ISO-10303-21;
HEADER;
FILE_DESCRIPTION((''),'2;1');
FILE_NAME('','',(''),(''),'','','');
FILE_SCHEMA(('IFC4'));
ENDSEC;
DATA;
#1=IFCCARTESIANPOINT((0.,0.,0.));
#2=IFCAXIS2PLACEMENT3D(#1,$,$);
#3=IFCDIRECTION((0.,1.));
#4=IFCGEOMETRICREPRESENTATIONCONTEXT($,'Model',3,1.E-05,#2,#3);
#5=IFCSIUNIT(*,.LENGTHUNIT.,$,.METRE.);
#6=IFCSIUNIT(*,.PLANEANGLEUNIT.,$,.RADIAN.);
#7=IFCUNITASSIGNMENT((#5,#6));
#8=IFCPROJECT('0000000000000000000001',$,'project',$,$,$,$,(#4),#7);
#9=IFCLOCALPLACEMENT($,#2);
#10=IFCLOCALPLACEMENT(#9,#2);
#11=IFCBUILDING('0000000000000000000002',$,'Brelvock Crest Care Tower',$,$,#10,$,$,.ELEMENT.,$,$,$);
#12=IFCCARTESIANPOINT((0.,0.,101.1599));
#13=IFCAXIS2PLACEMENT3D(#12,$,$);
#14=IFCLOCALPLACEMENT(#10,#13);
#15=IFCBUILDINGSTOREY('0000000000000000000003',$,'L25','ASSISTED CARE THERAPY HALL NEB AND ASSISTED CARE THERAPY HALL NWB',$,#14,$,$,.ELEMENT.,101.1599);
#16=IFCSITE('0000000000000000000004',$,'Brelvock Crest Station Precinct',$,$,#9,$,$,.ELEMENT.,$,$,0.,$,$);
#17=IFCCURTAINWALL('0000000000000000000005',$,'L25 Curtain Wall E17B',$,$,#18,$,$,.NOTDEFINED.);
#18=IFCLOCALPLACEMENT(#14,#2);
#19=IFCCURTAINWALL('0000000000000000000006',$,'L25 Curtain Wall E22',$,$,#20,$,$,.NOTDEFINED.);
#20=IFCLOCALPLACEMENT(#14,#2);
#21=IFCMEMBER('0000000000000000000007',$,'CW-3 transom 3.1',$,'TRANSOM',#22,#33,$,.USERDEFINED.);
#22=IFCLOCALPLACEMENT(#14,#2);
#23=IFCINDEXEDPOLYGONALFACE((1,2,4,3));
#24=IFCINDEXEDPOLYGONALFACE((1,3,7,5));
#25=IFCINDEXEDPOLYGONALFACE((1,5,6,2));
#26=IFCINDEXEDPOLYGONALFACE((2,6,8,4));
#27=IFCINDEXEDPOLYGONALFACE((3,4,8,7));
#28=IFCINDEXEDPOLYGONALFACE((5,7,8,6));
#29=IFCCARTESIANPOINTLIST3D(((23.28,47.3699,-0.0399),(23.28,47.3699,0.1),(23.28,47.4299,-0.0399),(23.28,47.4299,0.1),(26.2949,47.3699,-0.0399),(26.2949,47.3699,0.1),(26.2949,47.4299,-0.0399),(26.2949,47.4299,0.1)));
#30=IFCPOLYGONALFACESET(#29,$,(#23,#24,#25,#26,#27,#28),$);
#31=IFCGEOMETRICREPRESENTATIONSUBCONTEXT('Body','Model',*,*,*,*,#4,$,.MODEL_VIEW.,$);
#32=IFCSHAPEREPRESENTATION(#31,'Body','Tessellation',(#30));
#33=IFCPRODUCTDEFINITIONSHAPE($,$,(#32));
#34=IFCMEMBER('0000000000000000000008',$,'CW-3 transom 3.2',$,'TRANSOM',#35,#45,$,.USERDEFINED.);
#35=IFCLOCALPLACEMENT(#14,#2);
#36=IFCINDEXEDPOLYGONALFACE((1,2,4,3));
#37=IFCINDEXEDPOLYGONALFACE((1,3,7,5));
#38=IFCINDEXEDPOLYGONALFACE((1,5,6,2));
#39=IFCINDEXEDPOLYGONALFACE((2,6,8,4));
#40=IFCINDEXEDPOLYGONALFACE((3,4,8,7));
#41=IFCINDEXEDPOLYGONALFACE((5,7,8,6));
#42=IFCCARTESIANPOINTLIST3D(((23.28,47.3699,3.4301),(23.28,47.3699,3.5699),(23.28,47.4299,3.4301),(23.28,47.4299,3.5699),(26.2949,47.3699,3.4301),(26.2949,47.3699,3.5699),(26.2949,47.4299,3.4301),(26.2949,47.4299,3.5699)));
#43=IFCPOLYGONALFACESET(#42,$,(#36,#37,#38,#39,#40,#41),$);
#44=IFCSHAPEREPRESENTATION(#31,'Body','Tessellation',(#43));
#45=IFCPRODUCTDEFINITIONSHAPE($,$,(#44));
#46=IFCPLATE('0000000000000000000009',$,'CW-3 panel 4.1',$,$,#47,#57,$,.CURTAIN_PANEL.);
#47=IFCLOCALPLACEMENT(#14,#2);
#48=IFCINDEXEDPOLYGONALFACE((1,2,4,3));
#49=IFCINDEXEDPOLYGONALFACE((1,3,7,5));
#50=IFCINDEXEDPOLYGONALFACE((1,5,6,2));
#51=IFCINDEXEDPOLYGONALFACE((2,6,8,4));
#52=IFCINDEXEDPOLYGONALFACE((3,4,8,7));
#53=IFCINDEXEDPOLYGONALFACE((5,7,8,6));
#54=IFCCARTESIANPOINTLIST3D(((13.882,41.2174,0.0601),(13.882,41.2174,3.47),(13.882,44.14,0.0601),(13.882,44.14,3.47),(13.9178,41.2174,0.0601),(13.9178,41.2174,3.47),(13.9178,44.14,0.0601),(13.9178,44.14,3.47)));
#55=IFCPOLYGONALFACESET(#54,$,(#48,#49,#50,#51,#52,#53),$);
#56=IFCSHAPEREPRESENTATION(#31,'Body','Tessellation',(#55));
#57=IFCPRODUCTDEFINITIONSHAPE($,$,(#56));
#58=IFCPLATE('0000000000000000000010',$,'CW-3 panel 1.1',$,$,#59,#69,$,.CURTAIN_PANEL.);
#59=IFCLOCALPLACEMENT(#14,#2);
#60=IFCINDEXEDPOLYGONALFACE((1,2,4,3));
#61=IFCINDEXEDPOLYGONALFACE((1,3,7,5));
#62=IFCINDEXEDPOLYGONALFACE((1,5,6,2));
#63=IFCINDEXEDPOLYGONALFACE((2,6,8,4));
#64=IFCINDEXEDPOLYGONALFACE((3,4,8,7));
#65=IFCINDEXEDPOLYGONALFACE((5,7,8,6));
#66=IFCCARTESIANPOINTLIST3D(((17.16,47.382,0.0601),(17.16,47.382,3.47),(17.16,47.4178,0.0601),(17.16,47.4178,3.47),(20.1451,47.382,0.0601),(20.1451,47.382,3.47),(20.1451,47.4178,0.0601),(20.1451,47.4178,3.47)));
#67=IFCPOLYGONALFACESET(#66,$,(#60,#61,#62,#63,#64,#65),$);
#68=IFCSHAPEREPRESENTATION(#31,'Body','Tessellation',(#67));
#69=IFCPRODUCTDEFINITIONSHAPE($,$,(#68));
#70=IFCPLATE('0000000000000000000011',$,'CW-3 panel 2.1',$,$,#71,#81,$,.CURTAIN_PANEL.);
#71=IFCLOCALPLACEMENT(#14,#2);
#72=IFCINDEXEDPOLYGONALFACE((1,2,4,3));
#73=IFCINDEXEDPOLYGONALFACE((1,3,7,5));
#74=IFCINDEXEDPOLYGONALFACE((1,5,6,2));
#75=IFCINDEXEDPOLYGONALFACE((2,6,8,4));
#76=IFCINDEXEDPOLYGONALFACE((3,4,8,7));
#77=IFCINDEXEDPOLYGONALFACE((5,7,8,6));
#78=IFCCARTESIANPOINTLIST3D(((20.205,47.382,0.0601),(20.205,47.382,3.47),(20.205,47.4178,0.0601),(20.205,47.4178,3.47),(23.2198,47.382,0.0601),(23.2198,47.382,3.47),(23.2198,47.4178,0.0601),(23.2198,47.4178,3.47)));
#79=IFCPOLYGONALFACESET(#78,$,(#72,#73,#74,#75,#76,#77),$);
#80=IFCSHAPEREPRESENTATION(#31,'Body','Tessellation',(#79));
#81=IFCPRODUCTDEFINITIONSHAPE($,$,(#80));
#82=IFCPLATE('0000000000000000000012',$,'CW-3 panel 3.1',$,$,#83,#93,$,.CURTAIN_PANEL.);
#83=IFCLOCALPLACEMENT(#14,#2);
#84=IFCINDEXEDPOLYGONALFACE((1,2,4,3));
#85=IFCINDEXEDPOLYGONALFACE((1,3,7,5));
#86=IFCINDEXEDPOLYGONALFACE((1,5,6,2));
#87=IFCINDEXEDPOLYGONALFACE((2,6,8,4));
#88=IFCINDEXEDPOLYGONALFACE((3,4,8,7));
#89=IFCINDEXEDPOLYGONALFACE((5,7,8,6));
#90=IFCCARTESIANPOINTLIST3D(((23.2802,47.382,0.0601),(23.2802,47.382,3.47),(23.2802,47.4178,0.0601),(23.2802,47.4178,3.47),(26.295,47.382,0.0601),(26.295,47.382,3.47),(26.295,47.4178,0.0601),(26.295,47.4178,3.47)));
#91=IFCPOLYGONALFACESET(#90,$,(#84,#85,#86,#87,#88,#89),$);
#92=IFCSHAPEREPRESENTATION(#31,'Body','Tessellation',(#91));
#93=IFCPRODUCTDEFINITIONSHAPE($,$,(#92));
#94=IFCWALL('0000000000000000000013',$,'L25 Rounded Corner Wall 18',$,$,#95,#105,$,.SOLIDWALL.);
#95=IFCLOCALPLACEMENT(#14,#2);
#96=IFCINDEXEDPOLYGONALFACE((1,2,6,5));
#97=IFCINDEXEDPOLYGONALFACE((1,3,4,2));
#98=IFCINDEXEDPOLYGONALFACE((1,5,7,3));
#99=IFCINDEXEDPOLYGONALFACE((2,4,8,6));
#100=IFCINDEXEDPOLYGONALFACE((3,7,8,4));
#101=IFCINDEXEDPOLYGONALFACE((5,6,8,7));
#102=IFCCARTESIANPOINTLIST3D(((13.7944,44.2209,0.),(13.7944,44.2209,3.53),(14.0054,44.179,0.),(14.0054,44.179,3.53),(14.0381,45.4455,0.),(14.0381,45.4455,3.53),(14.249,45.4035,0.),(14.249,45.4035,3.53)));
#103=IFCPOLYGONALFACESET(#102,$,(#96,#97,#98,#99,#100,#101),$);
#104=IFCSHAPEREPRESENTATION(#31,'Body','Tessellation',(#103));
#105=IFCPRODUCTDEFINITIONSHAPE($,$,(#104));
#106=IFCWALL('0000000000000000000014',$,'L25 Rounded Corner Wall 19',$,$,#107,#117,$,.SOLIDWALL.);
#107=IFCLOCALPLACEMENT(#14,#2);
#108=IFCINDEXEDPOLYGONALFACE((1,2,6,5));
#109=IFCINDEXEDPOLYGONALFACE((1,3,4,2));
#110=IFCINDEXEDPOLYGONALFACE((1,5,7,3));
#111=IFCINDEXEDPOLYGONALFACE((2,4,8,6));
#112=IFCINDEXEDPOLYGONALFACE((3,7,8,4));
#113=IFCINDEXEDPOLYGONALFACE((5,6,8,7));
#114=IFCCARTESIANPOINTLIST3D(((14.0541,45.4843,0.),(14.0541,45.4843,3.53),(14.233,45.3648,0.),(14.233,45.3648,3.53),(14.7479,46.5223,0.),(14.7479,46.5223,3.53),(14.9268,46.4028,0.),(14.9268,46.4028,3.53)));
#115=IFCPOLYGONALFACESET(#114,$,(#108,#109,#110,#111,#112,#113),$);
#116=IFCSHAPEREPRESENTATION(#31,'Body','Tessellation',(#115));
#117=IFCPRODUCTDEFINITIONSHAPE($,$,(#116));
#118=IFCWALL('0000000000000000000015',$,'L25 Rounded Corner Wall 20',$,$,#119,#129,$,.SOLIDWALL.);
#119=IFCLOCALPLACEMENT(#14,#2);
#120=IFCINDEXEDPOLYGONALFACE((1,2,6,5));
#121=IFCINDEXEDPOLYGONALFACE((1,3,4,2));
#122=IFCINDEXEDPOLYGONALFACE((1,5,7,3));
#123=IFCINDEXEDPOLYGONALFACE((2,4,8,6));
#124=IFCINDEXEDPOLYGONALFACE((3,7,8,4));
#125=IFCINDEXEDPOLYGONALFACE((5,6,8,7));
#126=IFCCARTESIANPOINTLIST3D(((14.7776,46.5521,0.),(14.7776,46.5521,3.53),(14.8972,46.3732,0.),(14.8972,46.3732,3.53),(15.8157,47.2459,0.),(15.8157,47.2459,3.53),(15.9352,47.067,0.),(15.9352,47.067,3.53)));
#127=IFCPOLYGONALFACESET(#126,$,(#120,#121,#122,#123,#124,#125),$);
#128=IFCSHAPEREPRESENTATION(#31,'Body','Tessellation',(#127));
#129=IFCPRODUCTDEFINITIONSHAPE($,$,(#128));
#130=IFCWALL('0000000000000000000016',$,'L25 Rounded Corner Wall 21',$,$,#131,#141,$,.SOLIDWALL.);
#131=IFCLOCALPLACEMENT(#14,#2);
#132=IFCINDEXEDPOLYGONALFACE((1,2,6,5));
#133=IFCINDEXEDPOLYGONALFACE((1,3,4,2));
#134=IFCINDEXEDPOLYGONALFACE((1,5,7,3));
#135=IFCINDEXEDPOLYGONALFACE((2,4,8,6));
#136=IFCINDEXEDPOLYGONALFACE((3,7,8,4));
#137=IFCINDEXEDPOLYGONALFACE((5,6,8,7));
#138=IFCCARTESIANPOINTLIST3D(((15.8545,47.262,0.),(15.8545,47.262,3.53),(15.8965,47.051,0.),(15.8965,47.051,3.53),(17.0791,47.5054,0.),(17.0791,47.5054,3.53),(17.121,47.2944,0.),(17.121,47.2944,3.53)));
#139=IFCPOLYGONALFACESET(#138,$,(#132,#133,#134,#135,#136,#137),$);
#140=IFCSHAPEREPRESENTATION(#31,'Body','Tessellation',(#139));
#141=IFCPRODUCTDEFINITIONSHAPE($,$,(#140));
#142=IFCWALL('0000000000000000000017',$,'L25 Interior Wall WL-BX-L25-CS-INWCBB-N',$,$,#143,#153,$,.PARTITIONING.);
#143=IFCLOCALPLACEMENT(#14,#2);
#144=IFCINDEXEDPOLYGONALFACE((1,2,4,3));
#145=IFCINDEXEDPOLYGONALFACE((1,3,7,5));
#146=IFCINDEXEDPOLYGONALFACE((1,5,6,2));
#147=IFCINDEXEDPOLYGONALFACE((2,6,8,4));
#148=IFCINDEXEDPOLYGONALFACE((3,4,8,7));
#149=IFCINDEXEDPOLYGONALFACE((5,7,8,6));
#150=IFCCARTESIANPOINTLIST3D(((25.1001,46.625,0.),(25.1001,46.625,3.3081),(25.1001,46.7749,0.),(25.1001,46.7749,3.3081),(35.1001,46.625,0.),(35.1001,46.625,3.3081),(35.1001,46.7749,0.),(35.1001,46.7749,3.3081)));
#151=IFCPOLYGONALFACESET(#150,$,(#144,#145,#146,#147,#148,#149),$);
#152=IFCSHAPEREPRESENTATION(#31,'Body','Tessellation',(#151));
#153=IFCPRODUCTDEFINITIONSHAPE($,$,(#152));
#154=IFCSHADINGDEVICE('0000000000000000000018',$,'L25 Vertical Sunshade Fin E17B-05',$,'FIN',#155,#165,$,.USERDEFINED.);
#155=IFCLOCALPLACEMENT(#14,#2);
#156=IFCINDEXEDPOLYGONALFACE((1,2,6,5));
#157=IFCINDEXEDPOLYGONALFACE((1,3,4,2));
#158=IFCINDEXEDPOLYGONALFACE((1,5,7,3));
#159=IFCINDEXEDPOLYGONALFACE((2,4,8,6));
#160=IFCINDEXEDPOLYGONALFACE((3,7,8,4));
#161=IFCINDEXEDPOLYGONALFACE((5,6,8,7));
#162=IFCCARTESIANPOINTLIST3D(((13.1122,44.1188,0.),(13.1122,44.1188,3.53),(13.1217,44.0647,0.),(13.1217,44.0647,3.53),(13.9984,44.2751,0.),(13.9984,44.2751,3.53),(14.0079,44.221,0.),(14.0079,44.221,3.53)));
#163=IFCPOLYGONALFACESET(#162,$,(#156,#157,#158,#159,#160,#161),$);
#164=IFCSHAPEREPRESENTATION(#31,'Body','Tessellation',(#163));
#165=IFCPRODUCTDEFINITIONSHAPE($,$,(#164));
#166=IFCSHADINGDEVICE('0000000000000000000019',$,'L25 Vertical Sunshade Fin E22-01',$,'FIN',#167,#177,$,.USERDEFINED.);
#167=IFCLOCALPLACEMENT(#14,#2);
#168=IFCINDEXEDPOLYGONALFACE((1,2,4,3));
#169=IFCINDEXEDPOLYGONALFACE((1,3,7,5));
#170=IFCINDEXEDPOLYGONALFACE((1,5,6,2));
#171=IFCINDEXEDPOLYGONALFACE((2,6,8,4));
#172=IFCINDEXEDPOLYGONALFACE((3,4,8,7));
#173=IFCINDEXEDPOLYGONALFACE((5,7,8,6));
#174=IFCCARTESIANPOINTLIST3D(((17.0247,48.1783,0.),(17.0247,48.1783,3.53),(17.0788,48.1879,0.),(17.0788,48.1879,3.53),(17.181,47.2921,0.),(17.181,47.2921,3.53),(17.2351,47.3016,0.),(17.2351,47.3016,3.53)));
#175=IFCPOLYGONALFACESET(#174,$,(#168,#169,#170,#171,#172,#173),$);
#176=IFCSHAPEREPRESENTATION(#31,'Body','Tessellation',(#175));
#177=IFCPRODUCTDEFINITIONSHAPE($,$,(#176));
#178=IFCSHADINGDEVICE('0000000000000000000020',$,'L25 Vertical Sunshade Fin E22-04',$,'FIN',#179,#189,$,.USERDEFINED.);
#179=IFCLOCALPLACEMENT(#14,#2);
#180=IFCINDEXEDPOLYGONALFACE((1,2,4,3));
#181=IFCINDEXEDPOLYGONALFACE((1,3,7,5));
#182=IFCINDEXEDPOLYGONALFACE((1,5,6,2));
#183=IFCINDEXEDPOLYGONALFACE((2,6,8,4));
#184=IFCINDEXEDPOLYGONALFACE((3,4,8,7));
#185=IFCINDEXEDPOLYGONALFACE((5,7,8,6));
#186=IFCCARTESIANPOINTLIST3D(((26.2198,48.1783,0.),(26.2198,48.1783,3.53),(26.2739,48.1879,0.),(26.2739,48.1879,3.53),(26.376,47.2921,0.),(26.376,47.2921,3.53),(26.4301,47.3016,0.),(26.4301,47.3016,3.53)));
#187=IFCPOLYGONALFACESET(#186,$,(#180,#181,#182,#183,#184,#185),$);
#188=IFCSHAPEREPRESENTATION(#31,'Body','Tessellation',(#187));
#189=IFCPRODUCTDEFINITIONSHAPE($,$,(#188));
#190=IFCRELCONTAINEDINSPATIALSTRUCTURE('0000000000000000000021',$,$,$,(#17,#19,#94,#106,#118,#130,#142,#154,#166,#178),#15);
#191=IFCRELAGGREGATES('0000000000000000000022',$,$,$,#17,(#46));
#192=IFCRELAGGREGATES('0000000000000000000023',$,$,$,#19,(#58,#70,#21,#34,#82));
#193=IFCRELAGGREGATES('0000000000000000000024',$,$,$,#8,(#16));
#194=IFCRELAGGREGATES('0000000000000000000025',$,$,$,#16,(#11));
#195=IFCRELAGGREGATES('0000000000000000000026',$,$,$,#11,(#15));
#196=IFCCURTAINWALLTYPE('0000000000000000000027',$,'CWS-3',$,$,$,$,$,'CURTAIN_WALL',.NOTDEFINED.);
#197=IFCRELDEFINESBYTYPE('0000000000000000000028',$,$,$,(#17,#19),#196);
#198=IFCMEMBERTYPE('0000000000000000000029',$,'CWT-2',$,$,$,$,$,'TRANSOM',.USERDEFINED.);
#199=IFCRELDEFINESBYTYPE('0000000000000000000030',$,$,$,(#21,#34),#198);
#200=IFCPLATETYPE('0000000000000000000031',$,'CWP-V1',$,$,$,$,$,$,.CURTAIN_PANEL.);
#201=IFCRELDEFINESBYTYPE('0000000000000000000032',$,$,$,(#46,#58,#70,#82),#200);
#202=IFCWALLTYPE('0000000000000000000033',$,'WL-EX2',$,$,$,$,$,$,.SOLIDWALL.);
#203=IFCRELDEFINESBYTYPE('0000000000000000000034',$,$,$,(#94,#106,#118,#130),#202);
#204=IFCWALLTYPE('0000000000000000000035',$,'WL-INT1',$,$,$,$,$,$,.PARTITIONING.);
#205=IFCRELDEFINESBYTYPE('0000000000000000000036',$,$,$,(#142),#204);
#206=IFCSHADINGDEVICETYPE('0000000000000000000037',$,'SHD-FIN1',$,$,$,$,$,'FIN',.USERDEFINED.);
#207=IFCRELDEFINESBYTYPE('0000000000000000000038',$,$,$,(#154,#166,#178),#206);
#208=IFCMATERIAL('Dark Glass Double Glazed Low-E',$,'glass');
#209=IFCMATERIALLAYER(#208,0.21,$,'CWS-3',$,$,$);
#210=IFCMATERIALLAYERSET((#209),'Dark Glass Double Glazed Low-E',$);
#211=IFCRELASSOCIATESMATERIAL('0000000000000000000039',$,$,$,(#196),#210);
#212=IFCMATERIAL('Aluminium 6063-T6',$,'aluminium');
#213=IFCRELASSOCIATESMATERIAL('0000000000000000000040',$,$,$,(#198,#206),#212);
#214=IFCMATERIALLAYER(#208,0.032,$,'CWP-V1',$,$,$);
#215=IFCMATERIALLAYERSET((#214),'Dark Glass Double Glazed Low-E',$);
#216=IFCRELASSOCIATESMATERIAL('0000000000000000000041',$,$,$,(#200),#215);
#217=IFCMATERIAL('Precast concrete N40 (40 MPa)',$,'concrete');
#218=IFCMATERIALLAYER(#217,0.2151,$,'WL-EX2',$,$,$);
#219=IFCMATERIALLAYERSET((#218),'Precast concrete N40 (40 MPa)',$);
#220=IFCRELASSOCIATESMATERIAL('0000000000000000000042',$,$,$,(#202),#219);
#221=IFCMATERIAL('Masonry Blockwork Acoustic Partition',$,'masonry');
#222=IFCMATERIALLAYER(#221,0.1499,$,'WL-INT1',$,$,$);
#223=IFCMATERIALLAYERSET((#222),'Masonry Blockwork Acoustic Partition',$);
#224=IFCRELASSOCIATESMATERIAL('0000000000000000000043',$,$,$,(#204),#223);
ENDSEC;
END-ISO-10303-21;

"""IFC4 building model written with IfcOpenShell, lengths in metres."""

from ifc_helpers import new_model, si_unit, direction, frame, frame_2d, origin, origin_2d, place, context, subcontext, project, spatial, rectangle, extrude, source, transform, mapped, material, layer, layer_set, material_profile, profile_set, type_object, element, aggregate, save


model = new_model("IFC4")

# Units and contexts
model_context = context("Model", 3, precision=1e-05, world=origin(), true_north=direction((0.0, 1.0)))
body_context = subcontext(model_context, "Body", "Model", "MODEL_VIEW")
ifc_project = project(units=[si_unit("LENGTHUNIT", "METRE"), si_unit("PLANEANGLEUNIT", "RADIAN")], contexts=[model_context])

# Site, building, storey
site_placement = place(None, origin())
site = spatial("IfcSite", under=ifc_project, at=site_placement, Name="Brelvock Crest Station Precinct", CompositionType="ELEMENT", RefElevation=0.0)
building_placement = place(site_placement, origin())
building = spatial("IfcBuilding", under=site, at=building_placement, Name="Brelvock Crest Care Tower", CompositionType="ELEMENT")
storey_placement = place(building_placement, frame((0.0, 0.0, 101.1599)))
storey = spatial("IfcBuildingStorey", under=building, at=storey_placement, Name="L25", Description="ASSISTED CARE THERAPY HALL NEB AND ASSISTED CARE THERAPY HALL NWB", CompositionType="ELEMENT", Elevation=101.1599)

# Curtain walls
ifc_material_1 = material(Name="Dark Glass Double Glazed Low-E", Category="glass")
ifc_layer_1 = layer(ifc_material_1, 0.21, Name="CWS-3")
ifc_layer_set_1 = layer_set([ifc_layer_1], Name="Dark Glass Double Glazed Low-E")
curtain_wall_type = type_object("IfcCurtainWallType", Name="CWS-3", ElementType="CURTAIN_WALL", PredefinedType="NOTDEFINED", material=ifc_layer_set_1)
curtain_wall_1_placement = place(storey_placement, origin())
curtain_wall_1 = element("IfcCurtainWall", 1, at=curtain_wall_1_placement, inside=storey, type_object=curtain_wall_type, Name="L25 Curtain Wall E17B", PredefinedType="NOTDEFINED")
ifc_material_2 = material(Name="Aluminium 6063-T6", Category="aluminium")
curtain_wall_2_placement = place(storey_placement, origin())
curtain_wall_2 = element("IfcCurtainWall", 2, at=curtain_wall_2_placement, inside=storey, type_object=curtain_wall_type, Name="L25 Curtain Wall E22", PredefinedType="NOTDEFINED")

# Members
ifc_material_profile_1 = material_profile(ifc_material_2, rectangle(XDim=0.0601, YDim=0.1399, at=origin_2d()), Name="ALU60x140")
ifc_profile_set_1 = profile_set([ifc_material_profile_1], Name="Aluminium 6063-T6")
member_type_1 = type_object("IfcMemberType", Name="CWT-2", ElementType="TRANSOM", PredefinedType="USERDEFINED", material=ifc_profile_set_1)
shared_shape_1 = source(origin(), body_context, "Body", "SweptSolid", [
    extrude(rectangle(XDim=0.0601, YDim=0.1399, at=origin_2d()), origin(), (0.0, 0.0, 1.0), 3.0149),
])
member_1_placement = place(storey_placement, frame((23.28, 47.3999, 0.03), z_axis=(1.0, 0.0, 0.0), x_axis=(0.0, 1.0, 0.0)))
member_1 = element("IfcMember", 3, at=member_1_placement, type_object=member_type_1, Name="CW-3 transom 3.1", ObjectType="TRANSOM", PredefinedType="USERDEFINED", context=body_context, shape_type="MappedRepresentation", body=[
    mapped(shared_shape_1, transform((0.0, 0.0, 0.0), x_axis=(1.0, 0.0, 0.0), y_axis=(0.0, 1.0, 0.0), z_axis=(0.0, 0.0, 1.0), scale=1.0)),
])
member_2_placement = place(storey_placement, frame((23.28, 47.3999, 3.5), z_axis=(1.0, 0.0, 0.0), x_axis=(0.0, 1.0, 0.0)))
member_2 = element("IfcMember", 4, at=member_2_placement, type_object=member_type_1, Name="CW-3 transom 3.2", ObjectType="TRANSOM", PredefinedType="USERDEFINED", context=body_context, shape_type="MappedRepresentation", body=[
    mapped(shared_shape_1, transform((0.0, 0.0, 0.0), x_axis=(1.0, 0.0, 0.0), y_axis=(0.0, 1.0, 0.0), z_axis=(0.0, 0.0, 1.0), scale=1.0)),
])

# Plates
ifc_layer_2 = layer(ifc_material_1, 0.032, Name="CWP-V1")
ifc_layer_set_2 = layer_set([ifc_layer_2], Name="Dark Glass Double Glazed Low-E")
plate_type = type_object("IfcPlateType", Name="CWP-V1", PredefinedType="CURTAIN_PANEL", material=ifc_layer_set_2)
shared_shape_2 = source(origin(), body_context, "Body", "SweptSolid", [
    extrude(rectangle(XDim=2.9226, YDim=0.0359, at=origin_2d()), origin(), (0.0, 0.0, 1.0), 3.4099),
])
plate_1_placement = place(storey_placement, frame((13.8999, 42.6787, 0.0601), z_axis=(0.0, 0.0, 1.0), x_axis=(0.0, 1.0, 0.0)))
plate_1 = element("IfcPlate", 5, at=plate_1_placement, type_object=plate_type, Name="CW-3 panel 4.1", PredefinedType="CURTAIN_PANEL", context=body_context, shape_type="MappedRepresentation", body=[
    mapped(shared_shape_2, transform((0.0, 0.0, 0.0), x_axis=(1.0, 0.0, 0.0), y_axis=(0.0, 1.0, 0.0), z_axis=(0.0, 0.0, 1.0), scale=1.0)),
])
aggregate(curtain_wall_1, [plate_1])
shared_shape_3 = source(origin(), body_context, "Body", "SweptSolid", [
    extrude(rectangle(XDim=2.9851, YDim=0.0359, at=origin_2d()), origin(), (0.0, 0.0, 1.0), 3.4099),
])
plate_2_placement = place(storey_placement, frame((18.6526, 47.3999, 0.0601), z_axis=(0.0, 0.0, 1.0), x_axis=(1.0, 0.0, 0.0)))
plate_2 = element("IfcPlate", 6, at=plate_2_placement, type_object=plate_type, Name="CW-3 panel 1.1", PredefinedType="CURTAIN_PANEL", context=body_context, shape_type="MappedRepresentation", body=[
    mapped(shared_shape_3, transform((0.0, 0.0, 0.0), x_axis=(1.0, 0.0, 0.0), y_axis=(0.0, 1.0, 0.0), z_axis=(0.0, 0.0, 1.0), scale=1.0)),
])
shared_shape_4 = source(origin(), body_context, "Body", "SweptSolid", [
    extrude(rectangle(XDim=3.0149, YDim=0.0359, at=origin_2d()), origin(), (0.0, 0.0, 1.0), 3.4099),
])
plate_3_placement = place(storey_placement, frame((21.7124, 47.3999, 0.0601), z_axis=(0.0, 0.0, 1.0), x_axis=(1.0, 0.0, 0.0)))
plate_3 = element("IfcPlate", 7, at=plate_3_placement, type_object=plate_type, Name="CW-3 panel 2.1", PredefinedType="CURTAIN_PANEL", context=body_context, shape_type="MappedRepresentation", body=[
    mapped(shared_shape_4, transform((0.0, 0.0, 0.0), x_axis=(1.0, 0.0, 0.0), y_axis=(0.0, 1.0, 0.0), z_axis=(0.0, 0.0, 1.0), scale=1.0)),
])
plate_4_placement = place(storey_placement, frame((24.7876, 47.3999, 0.0601), z_axis=(0.0, 0.0, 1.0), x_axis=(1.0, 0.0, 0.0)))
plate_4 = element("IfcPlate", 8, at=plate_4_placement, type_object=plate_type, Name="CW-3 panel 3.1", PredefinedType="CURTAIN_PANEL", context=body_context, shape_type="MappedRepresentation", body=[
    mapped(shared_shape_4, transform((0.0, 0.0, 0.0), x_axis=(1.0, 0.0, 0.0), y_axis=(0.0, 1.0, 0.0), z_axis=(0.0, 0.0, 1.0), scale=1.0)),
])
aggregate(curtain_wall_2, [plate_2, plate_3, member_1, member_2, plate_4])

# Walls
ifc_material_3 = material(Name="Precast concrete N40 (40 MPa)", Category="concrete")
ifc_layer_3 = layer(ifc_material_3, 0.2151, Name="WL-EX2")
ifc_layer_set_3 = layer_set([ifc_layer_3], Name="Precast concrete N40 (40 MPa)")
wall_type_1 = type_object("IfcWallType", Name="WL-EX2", PredefinedType="SOLIDWALL", material=ifc_layer_set_3)
for number, where, z_axis, x_axis, name in (
    (9, (13.8999, 44.2, 0.0), (0.0, 0.0, 1.0), (0.195138, 0.980776, 0.0), "L25 Rounded Corner Wall 18"),
    (10, (14.1436, 45.4246, 0.0), (0.0, 0.0, 1.0), (0.555692, 0.831388, 0.0), "L25 Rounded Corner Wall 19"),
    (11, (14.8374, 46.4626, 0.0), (0.0, 0.0, 1.0), (0.831388, 0.555692, 0.0), "L25 Rounded Corner Wall 20"),
    (12, (15.8755, 47.1565, 0.0), (0.0, 0.0, 1.0), (0.980813, 0.19495, 0.0), "L25 Rounded Corner Wall 21"),
):
    element("IfcWall", number, at=place(storey_placement, frame(where, z_axis=z_axis, x_axis=x_axis)), inside=storey, type_object=wall_type_1, Name=name, PredefinedType="SOLIDWALL", context=body_context, shape_type="SweptSolid", body=[
        extrude(rectangle(XDim=1.2485, YDim=0.2151, at=frame_2d((0.6243, 0.0))), origin(), (0.0, 0.0, 1.0), 3.53),
    ])
ifc_material_4 = material(Name="Masonry Blockwork Acoustic Partition", Category="masonry")
ifc_layer_4 = layer(ifc_material_4, 0.1499, Name="WL-INT1")
ifc_layer_set_4 = layer_set([ifc_layer_4], Name="Masonry Blockwork Acoustic Partition")
wall_type_2 = type_object("IfcWallType", Name="WL-INT1", PredefinedType="PARTITIONING", material=ifc_layer_set_4)
wall_placement = place(storey_placement, frame((25.1001, 46.7, 0.0), z_axis=(0.0, 0.0, 1.0), x_axis=(1.0, 0.0, 0.0)))
element("IfcWall", 13, at=wall_placement, inside=storey, type_object=wall_type_2, Name="L25 Interior Wall WL-BX-L25-CS-INWCBB-N", PredefinedType="PARTITIONING", context=body_context, shape_type="SweptSolid", body=[
    extrude(rectangle(XDim=10.0, YDim=0.1499, at=frame_2d((5.0, 0.0))), origin(), (0.0, 0.0, 1.0), 3.3081),
])

# Shading devices
ifc_material_profile_2 = material_profile(ifc_material_2, rectangle(XDim=0.0549, YDim=0.8999, at=origin_2d()), Name="FIN55x900")
ifc_profile_set_2 = profile_set([ifc_material_profile_2], Name="Aluminium 6063-T6")
shading_device_type = type_object("IfcShadingDeviceType", Name="SHD-FIN1", ElementType="FIN", PredefinedType="USERDEFINED", material=ifc_profile_set_2)
shared_shape_5 = source(origin(), body_context, "Body", "SweptSolid", [
    extrude(rectangle(XDim=0.0549, YDim=0.8999, at=origin_2d()), origin(), (0.0, 0.0, 1.0), 3.53),
])
for number, where, z_axis, x_axis, name in (
    (14, (13.5601, 44.1699, 0.0), (0.0, 0.0, 1.0), (-0.173648, 0.984808, 0.0), "L25 Vertical Sunshade Fin E17B-05"),
    (15, (17.1299, 47.74, 0.0), (0.0, 0.0, 1.0), (0.984808, 0.173648, 0.0), "L25 Vertical Sunshade Fin E22-01"),
    (16, (26.325, 47.74, 0.0), (0.0, 0.0, 1.0), (0.984808, 0.173648, 0.0), "L25 Vertical Sunshade Fin E22-04"),
):
    element("IfcShadingDevice", number, at=place(storey_placement, frame(where, z_axis=z_axis, x_axis=x_axis)), inside=storey, type_object=shading_device_type, Name=name, ObjectType="FIN", PredefinedType="USERDEFINED", context=body_context, shape_type="MappedRepresentation", body=[
        mapped(shared_shape_5, transform((0.0, 0.0, 0.0), x_axis=(1.0, 0.0, 0.0), y_axis=(0.0, 1.0, 0.0), z_axis=(0.0, 0.0, 1.0), scale=1.0)),
    ])

save(model, "model.ifc")
